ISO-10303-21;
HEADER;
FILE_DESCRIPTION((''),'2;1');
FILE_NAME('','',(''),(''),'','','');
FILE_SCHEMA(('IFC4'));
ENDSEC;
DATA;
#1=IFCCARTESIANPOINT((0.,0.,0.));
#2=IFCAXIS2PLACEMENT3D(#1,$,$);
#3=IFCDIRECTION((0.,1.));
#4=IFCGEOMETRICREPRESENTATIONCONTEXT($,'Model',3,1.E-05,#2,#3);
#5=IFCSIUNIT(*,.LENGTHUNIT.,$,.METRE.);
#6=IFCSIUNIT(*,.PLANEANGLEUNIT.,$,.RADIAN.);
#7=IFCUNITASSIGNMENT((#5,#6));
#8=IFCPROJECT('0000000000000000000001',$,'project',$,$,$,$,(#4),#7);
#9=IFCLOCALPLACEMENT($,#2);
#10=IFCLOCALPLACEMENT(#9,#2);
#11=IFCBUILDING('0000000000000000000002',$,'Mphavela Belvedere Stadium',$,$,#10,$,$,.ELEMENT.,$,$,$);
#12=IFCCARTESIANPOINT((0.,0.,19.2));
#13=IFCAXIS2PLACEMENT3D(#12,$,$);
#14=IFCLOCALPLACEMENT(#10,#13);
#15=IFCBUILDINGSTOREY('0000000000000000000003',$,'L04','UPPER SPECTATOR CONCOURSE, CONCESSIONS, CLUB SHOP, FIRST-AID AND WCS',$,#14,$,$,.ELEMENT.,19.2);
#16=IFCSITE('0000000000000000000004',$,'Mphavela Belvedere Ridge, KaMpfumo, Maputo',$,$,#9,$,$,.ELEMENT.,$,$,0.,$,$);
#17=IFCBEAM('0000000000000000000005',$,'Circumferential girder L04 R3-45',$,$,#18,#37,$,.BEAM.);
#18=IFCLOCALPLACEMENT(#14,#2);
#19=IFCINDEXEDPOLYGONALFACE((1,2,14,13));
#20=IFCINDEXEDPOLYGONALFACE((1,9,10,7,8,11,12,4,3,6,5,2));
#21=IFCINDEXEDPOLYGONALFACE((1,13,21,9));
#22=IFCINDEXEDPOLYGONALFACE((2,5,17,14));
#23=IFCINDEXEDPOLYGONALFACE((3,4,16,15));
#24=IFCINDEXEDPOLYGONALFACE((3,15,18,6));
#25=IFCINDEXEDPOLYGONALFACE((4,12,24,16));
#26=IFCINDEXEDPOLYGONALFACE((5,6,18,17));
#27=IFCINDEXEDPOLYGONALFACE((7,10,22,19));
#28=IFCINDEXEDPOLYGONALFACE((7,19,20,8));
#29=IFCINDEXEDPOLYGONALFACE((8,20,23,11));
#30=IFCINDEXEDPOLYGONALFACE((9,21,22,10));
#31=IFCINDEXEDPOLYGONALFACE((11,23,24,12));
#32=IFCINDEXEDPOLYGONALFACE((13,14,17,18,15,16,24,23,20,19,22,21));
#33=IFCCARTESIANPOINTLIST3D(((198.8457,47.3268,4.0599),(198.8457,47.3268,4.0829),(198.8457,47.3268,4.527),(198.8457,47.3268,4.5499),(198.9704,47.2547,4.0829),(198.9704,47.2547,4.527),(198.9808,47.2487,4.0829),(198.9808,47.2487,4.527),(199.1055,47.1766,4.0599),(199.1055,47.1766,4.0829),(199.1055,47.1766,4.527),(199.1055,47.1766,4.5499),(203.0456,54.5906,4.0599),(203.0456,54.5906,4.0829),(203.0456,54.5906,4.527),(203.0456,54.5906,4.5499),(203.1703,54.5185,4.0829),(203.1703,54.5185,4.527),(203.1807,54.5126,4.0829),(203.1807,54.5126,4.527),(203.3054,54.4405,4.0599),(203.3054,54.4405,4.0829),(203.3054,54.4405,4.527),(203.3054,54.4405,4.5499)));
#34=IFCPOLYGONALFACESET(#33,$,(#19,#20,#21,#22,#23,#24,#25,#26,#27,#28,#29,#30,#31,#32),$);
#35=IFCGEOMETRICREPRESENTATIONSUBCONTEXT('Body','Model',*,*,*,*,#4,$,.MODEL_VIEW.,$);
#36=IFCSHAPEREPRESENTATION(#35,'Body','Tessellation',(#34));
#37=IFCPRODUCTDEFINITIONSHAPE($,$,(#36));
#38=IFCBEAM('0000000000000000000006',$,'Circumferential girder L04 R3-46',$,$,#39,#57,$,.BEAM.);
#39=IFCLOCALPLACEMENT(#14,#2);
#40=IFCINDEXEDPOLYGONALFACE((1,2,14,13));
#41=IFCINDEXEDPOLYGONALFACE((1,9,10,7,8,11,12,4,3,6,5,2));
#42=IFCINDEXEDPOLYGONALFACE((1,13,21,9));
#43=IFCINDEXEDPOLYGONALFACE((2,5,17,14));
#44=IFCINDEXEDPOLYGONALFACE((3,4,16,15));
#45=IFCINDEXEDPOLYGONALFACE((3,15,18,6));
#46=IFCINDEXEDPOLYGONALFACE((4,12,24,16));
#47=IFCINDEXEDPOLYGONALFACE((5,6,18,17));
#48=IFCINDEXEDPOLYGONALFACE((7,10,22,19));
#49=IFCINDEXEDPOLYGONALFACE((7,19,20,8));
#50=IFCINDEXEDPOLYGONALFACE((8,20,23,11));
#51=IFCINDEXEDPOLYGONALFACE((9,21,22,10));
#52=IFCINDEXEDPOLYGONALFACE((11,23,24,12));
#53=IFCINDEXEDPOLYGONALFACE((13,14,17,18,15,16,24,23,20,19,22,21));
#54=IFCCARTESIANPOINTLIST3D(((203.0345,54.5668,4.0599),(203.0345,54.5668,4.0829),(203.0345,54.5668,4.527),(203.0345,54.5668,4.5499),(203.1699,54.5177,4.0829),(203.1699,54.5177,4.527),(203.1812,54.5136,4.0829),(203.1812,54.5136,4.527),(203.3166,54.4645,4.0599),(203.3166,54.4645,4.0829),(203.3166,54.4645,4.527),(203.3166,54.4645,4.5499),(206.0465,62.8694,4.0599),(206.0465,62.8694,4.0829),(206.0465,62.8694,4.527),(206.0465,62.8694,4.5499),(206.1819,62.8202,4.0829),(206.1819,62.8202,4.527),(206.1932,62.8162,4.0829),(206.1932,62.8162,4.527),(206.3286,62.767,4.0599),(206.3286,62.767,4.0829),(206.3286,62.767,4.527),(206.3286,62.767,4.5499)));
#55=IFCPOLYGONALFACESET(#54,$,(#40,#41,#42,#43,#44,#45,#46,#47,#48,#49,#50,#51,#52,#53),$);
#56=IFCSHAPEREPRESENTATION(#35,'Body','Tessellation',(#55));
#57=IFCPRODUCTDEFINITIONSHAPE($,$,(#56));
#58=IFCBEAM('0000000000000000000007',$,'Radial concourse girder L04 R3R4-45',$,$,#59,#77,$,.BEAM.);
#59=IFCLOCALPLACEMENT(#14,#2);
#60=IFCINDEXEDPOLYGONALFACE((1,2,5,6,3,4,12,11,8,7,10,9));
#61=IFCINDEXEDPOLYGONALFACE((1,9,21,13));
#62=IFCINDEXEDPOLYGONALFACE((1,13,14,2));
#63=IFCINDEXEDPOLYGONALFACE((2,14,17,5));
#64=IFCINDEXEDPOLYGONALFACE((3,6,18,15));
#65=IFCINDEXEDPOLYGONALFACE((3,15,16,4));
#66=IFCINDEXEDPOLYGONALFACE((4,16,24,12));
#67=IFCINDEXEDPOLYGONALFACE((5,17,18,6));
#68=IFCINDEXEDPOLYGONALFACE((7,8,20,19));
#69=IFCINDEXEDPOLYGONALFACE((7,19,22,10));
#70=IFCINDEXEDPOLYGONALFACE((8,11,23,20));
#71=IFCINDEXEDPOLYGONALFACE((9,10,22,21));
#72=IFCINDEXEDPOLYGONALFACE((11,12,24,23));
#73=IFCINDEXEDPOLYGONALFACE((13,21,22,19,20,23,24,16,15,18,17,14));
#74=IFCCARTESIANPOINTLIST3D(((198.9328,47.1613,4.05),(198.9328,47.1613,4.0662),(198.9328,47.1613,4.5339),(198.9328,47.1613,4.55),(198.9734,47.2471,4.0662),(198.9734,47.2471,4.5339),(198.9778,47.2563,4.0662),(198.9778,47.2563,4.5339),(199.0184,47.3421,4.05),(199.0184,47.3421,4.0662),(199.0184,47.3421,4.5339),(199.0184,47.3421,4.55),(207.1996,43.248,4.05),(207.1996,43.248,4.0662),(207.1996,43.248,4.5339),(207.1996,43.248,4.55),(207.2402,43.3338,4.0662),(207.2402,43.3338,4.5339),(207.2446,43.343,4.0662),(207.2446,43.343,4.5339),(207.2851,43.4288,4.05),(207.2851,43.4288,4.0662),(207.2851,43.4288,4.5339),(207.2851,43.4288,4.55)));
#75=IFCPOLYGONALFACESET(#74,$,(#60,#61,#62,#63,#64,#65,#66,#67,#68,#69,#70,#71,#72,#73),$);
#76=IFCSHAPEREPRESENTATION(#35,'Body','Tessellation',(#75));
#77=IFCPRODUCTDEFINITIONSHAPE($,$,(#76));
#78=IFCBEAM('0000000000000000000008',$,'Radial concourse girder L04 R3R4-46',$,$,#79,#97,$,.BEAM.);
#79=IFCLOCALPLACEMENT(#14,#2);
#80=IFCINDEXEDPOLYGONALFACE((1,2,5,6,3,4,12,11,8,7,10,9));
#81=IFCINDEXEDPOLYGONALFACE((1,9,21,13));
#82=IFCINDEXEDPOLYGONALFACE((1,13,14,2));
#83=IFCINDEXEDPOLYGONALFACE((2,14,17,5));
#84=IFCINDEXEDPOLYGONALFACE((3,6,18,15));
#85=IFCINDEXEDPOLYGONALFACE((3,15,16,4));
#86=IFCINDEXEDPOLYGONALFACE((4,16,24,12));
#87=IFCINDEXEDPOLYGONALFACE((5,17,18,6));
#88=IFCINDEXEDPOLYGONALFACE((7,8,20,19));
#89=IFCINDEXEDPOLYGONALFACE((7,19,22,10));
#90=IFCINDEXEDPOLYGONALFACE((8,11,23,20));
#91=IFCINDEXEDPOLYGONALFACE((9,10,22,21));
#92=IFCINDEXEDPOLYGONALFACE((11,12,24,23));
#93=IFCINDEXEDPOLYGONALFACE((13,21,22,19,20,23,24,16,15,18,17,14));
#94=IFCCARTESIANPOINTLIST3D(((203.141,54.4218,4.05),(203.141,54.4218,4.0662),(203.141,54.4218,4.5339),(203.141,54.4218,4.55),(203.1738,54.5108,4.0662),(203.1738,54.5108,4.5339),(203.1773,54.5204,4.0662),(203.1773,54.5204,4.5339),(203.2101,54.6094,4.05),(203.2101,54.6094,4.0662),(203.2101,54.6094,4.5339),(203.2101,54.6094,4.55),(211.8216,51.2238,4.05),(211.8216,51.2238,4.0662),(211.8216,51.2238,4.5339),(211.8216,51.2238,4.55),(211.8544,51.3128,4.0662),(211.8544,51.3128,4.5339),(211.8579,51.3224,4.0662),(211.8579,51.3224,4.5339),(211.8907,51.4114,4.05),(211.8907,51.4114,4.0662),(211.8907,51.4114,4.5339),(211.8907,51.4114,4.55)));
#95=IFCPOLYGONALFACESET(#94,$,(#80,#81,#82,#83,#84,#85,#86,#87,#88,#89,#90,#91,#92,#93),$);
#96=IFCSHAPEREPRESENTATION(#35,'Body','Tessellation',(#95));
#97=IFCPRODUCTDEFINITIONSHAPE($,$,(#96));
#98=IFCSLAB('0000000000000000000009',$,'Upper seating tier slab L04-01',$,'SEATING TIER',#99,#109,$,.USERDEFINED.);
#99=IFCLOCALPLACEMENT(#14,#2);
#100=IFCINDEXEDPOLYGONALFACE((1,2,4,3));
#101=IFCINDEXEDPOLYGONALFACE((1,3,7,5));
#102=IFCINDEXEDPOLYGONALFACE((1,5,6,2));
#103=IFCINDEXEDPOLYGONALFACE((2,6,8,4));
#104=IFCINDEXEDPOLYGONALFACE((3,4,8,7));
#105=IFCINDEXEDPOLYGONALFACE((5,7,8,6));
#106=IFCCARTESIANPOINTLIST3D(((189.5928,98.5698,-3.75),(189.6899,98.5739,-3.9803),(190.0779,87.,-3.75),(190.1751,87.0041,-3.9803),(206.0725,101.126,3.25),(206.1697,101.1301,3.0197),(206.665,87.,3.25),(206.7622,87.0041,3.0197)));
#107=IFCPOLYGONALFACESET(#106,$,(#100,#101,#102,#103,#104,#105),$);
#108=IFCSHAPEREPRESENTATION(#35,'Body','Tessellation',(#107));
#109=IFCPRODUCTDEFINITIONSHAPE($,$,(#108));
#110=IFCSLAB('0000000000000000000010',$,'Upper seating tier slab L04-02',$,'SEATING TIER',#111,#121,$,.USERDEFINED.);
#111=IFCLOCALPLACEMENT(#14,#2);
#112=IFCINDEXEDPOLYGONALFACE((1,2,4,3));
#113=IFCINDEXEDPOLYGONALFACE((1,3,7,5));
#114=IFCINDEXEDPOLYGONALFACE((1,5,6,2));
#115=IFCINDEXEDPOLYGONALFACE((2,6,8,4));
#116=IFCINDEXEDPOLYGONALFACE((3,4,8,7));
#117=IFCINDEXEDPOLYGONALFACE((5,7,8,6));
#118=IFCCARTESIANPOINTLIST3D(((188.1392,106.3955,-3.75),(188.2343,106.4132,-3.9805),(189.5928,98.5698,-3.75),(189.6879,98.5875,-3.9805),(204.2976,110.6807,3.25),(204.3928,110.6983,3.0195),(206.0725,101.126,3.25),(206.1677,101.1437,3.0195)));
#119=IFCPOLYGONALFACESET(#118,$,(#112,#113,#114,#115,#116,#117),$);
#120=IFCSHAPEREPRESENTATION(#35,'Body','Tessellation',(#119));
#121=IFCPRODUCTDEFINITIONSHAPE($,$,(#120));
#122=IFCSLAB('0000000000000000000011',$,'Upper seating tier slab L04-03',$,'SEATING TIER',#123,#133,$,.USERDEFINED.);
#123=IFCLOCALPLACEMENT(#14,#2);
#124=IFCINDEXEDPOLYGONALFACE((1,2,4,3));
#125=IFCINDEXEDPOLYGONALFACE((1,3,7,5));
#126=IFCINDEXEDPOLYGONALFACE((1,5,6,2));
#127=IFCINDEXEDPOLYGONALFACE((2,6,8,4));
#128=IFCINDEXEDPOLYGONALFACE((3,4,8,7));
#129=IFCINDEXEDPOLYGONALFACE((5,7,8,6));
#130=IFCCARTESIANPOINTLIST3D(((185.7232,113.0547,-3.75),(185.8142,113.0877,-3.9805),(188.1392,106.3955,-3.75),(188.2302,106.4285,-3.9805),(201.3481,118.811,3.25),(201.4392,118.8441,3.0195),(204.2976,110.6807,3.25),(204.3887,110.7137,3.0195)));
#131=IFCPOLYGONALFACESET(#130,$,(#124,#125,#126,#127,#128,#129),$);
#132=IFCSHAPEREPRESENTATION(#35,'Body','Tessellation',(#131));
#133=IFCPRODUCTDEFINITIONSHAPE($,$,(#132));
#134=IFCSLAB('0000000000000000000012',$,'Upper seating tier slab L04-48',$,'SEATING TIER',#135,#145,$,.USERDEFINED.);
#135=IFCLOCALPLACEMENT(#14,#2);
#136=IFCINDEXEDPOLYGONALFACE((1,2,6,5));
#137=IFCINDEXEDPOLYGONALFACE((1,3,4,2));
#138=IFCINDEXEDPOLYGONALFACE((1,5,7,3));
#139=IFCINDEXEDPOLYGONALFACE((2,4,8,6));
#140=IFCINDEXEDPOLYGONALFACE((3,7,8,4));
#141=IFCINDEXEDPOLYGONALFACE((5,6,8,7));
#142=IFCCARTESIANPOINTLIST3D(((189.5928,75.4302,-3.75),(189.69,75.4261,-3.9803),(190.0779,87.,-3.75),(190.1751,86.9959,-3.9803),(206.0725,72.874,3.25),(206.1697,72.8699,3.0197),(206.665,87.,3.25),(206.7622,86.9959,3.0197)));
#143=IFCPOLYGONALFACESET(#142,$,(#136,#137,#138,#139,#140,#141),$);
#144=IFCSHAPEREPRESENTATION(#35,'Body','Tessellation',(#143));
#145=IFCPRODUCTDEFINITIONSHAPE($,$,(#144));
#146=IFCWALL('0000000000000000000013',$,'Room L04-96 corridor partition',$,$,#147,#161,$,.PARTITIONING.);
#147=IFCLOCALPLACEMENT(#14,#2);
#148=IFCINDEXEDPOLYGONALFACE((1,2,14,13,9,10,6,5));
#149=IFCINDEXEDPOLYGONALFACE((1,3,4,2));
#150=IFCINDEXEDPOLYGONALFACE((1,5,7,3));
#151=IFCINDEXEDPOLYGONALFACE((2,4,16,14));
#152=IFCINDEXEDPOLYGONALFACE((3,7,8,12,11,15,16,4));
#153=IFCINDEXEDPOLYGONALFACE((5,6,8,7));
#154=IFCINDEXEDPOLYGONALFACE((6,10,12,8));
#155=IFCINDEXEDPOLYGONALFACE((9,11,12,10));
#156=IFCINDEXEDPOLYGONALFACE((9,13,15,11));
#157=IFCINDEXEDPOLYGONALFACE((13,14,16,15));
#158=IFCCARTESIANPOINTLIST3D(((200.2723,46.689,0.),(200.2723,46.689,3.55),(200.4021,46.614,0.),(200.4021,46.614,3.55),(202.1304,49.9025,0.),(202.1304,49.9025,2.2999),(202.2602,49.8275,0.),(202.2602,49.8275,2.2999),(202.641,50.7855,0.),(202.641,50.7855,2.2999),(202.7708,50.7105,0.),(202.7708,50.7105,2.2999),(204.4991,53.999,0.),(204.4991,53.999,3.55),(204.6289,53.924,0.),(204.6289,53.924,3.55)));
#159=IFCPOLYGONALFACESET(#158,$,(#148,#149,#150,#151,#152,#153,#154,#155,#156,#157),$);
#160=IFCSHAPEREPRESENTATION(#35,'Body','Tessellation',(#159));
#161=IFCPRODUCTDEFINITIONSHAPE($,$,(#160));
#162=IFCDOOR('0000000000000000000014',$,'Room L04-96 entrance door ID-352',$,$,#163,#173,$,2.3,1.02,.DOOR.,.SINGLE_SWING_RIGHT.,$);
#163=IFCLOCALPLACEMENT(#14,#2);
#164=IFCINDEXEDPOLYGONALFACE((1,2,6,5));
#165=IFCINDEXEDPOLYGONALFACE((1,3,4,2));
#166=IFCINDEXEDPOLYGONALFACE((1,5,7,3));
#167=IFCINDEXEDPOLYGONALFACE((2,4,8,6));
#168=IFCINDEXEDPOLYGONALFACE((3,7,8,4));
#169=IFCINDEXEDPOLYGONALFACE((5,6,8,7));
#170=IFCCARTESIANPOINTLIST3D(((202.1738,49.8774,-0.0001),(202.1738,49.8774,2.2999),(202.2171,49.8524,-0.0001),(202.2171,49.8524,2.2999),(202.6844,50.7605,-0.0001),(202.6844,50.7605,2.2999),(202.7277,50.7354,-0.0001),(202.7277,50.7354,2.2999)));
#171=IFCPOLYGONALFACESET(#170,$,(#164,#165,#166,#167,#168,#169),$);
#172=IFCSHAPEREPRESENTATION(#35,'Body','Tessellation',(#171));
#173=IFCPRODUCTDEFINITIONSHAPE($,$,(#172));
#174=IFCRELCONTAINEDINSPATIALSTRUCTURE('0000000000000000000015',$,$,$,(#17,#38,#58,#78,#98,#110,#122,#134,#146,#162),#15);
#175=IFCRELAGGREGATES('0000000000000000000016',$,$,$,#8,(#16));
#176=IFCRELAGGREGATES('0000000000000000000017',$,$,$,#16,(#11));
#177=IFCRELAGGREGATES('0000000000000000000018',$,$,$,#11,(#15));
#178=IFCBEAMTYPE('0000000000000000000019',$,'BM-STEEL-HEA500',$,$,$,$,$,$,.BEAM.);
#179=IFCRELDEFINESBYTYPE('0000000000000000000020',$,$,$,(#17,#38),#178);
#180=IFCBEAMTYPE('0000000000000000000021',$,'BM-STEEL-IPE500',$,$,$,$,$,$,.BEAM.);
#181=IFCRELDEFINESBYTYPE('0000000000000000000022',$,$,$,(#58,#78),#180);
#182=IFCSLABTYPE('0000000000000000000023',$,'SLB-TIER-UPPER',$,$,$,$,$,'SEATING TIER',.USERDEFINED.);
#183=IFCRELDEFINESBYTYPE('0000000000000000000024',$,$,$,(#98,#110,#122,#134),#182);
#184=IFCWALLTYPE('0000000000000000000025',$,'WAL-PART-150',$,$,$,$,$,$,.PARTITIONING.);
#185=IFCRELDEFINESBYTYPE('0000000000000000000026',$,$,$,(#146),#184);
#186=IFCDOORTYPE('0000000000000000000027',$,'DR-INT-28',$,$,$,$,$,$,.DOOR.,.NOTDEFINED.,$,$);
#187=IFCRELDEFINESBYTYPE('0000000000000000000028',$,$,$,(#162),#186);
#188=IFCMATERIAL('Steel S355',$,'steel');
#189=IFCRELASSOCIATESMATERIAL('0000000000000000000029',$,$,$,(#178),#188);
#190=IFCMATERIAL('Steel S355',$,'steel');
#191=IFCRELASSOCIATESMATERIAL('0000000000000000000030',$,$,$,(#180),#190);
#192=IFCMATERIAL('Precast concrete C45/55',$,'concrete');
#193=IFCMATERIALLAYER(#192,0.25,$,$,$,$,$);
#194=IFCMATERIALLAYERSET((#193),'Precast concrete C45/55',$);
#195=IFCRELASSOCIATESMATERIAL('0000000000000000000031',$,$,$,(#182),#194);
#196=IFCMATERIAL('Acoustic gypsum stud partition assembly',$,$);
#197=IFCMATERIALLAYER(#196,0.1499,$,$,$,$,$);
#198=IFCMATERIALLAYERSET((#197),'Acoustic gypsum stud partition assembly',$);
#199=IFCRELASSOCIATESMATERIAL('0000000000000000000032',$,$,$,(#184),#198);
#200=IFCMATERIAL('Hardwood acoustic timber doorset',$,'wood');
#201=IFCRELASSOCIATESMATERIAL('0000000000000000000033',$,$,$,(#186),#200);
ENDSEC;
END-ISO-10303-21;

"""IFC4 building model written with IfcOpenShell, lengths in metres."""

from ifc_helpers import new_model, si_unit, direction, frame, frame_2d, origin, origin_2d, place, context, subcontext, project, spatial, polyline, rectangle, i_section, outline, extrude, material, layer, layer_set, material_profile, profile_set, type_object, element, fill, save


model = new_model("IFC4")

# Units and contexts
model_context = context("Model", 3, precision=1e-05, world=origin(), true_north=direction((0.0, 1.0)))
body_context = subcontext(model_context, "Body", "Model", "MODEL_VIEW")
ifc_project = project(units=[si_unit("LENGTHUNIT", "METRE"), si_unit("PLANEANGLEUNIT", "RADIAN")], contexts=[model_context])

# Site, building, storey
site_placement = place(None, origin())
site = spatial("IfcSite", under=ifc_project, at=site_placement, Name="Mphavela Belvedere Ridge, KaMpfumo, Maputo", CompositionType="ELEMENT", RefElevation=0.0)
building_placement = place(site_placement, origin())
building = spatial("IfcBuilding", under=site, at=building_placement, Name="Mphavela Belvedere Stadium", CompositionType="ELEMENT")
storey_placement = place(building_placement, frame((0.0, 0.0, 19.2)))
storey = spatial("IfcBuildingStorey", under=building, at=storey_placement, Name="L04", Description="UPPER SPECTATOR CONCOURSE, CONCESSIONS, CLUB SHOP, FIRST-AID AND WCS", CompositionType="ELEMENT", Elevation=19.2)

# Beams
ifc_material_1 = material(Name="Steel S355", Category="steel")
ifc_material_profile_1 = material_profile(ifc_material_1, i_section(OverallWidth=0.3, OverallDepth=0.49, WebThickness=0.012, FlangeThickness=0.0229, at=origin_2d()), Name="HEA 500")
ifc_profile_set_1 = profile_set([ifc_material_profile_1], Name="Steel S355")
beam_type_1 = type_object("IfcBeamType", Name="BM-STEEL-HEA500", PredefinedType="BEAM", material=ifc_profile_set_1)
beam_1_placement = place(storey_placement, frame((198.9756, 47.2517, 4.3049), z_axis=(0.500548, 0.865709, 0.0), x_axis=(-0.865709, 0.500548, 0.0)))
element("IfcBeam", 1, at=beam_1_placement, inside=storey, type_object=beam_type_1, Name="Circumferential girder L04 R3-45", PredefinedType="BEAM", context=body_context, shape_type="SweptSolid", body=[
    extrude(i_section(OverallWidth=0.3, OverallDepth=0.49, WebThickness=0.012, FlangeThickness=0.0229, at=origin_2d()), origin(), (0.0, 0.0, 1.0), 8.3906),
])
beam_2_placement = place(storey_placement, frame((203.1755, 54.5156, 4.3049), z_axis=(0.341031, 0.940052, 0.0), x_axis=(-0.940052, 0.341031, 0.0)))
element("IfcBeam", 2, at=beam_2_placement, inside=storey, type_object=beam_type_1, Name="Circumferential girder L04 R3-46", PredefinedType="BEAM", context=body_context, shape_type="SweptSolid", body=[
    extrude(i_section(OverallWidth=0.3, OverallDepth=0.49, WebThickness=0.012, FlangeThickness=0.0229, at=origin_2d()), origin(), (0.0, 0.0, 1.0), 8.832),
])
ifc_material_2 = material(Name="Steel S355", Category="steel")
ifc_material_profile_2 = material_profile(ifc_material_2, i_section(OverallWidth=0.2, OverallDepth=0.5, WebThickness=0.0103, FlangeThickness=0.0161, at=origin_2d()), Name="IPE 500")
ifc_profile_set_2 = profile_set([ifc_material_profile_2], Name="Steel S355")
beam_type_2 = type_object("IfcBeamType", Name="BM-STEEL-IPE500", PredefinedType="BEAM", material=ifc_profile_set_2)
beam_3_placement = place(storey_placement, frame((198.9756, 47.2517, 4.3), z_axis=(0.903845, -0.427859, 0.0), x_axis=(0.427859, 0.903845, 0.0)))
element("IfcBeam", 3, at=beam_3_placement, inside=storey, type_object=beam_type_2, Name="Radial concourse girder L04 R3R4-45", PredefinedType="BEAM", context=body_context, shape_type="SweptSolid", body=[
    extrude(i_section(OverallWidth=0.2, OverallDepth=0.5, WebThickness=0.0103, FlangeThickness=0.0161, at=origin_2d()), origin(), (0.0, 0.0, 1.0), 9.1462),
])
beam_4_placement = place(storey_placement, frame((203.1755, 54.5156, 4.3), z_axis=(0.938348, -0.345692, 0.0), x_axis=(0.345692, 0.938348, 0.0)))
element("IfcBeam", 4, at=beam_4_placement, inside=storey, type_object=beam_type_2, Name="Radial concourse girder L04 R3R4-46", PredefinedType="BEAM", context=body_context, shape_type="SweptSolid", body=[
    extrude(i_section(OverallWidth=0.2, OverallDepth=0.5, WebThickness=0.0103, FlangeThickness=0.0161, at=origin_2d()), origin(), (0.0, 0.0, 1.0), 9.251),
])

# Slabs
ifc_material_3 = material(Name="Precast concrete C45/55", Category="concrete")
ifc_layer_1 = layer(ifc_material_3, 0.25)
ifc_layer_set_1 = layer_set([ifc_layer_1], Name="Precast concrete C45/55")
slab_type = type_object("IfcSlabType", Name="SLB-TIER-UPPER", ElementType="SEATING TIER", PredefinedType="USERDEFINED", material=ifc_layer_set_1)
slab_1_placement = place(storey_placement, frame((190.0779, 87.0, -3.75), z_axis=(-0.388759, -0.016304, 0.921195), x_axis=(-0.041893, 0.999122, 0.000003)))
element("IfcSlab", 5, at=slab_1_placement, inside=storey, type_object=slab_type, Name="Upper seating tier slab L04-01", ObjectType="SEATING TIER", PredefinedType="USERDEFINED", context=body_context, shape_type="SweptSolid", body=[
    extrude(outline(polyline([(0.0, 0.0), (11.58, 0.0), (13.4435, -17.9901), (-0.6949, -17.9903), (0.0, 0.0)])), origin(), (0.0, 0.0, -1.0), 0.25),
])
slab_2_placement = place(storey_placement, frame((189.5928, 98.5698, -3.75), z_axis=(-0.380668, -0.070711, 0.922004), x_axis=(-0.182626, 0.983182, 0.000003)))
element("IfcSlab", 6, at=slab_2_placement, inside=storey, type_object=slab_type, Name="Upper seating tier slab L04-02", ObjectType="SEATING TIER", PredefinedType="USERDEFINED", context=body_context, shape_type="SweptSolid", body=[
    extrude(outline(polyline([(0.0, 0.0), (7.9595, 0.0), (9.2217, -18.0794), (-0.4965, -18.0795), (0.0, 0.0)])), origin(), (0.0, 0.0, -1.0), 0.25),
])
slab_3_placement = place(storey_placement, frame((188.1392, 106.3955, -3.75), z_axis=(-0.364304, -0.132165, 0.921854), x_axis=(-0.341054, 0.940044, -0.000007)))
element("IfcSlab", 7, at=slab_3_placement, inside=storey, type_object=slab_type, Name="Upper seating tier slab L04-03", ObjectType="SEATING TIER", PredefinedType="USERDEFINED", context=body_context, shape_type="SweptSolid", body=[
    extrude(outline(polyline([(0.0, 0.0), (7.0839, 0.0), (7.1661, -18.0629), (-1.4827, -18.0627), (0.0, 0.0)])), origin(), (0.0, 0.0, -1.0), 0.25),
])
slab_4_placement = place(storey_placement, frame((189.5928, 75.4302, -3.75), z_axis=(-0.388759, 0.016304, 0.921195), x_axis=(0.041893, 0.999122, -0.000003)))
element("IfcSlab", 8, at=slab_4_placement, inside=storey, type_object=slab_type, Name="Upper seating tier slab L04-48", ObjectType="SEATING TIER", PredefinedType="USERDEFINED", context=body_context, shape_type="SweptSolid", body=[
    extrude(outline(polyline([(0.0, 0.0), (11.58, 0.0), (12.2749, -17.9903), (-1.8635, -17.9901), (0.0, 0.0)])), origin(), (0.0, 0.0, -1.0), 0.25),
])

# Wall, opening, door
ifc_material_4 = material(Name="Acoustic gypsum stud partition assembly")
ifc_layer_2 = layer(ifc_material_4, 0.1499)
ifc_layer_set_2 = layer_set([ifc_layer_2], Name="Acoustic gypsum stud partition assembly")
wall_type = type_object("IfcWallType", Name="WAL-PART-150", PredefinedType="PARTITIONING", material=ifc_layer_set_2)
wall_1_placement = place(storey_placement, frame((200.3372, 46.6514, 0.0), z_axis=(0.0, 0.0, 1.0), x_axis=(0.500563, 0.8657, 0.0)))
wall_1 = element("IfcWall", 9, at=wall_1_placement, inside=storey, type_object=wall_type, Name="Room L04-96 corridor partition", PredefinedType="PARTITIONING", context=body_context, shape_type="SweptSolid", body=[
    extrude(rectangle(XDim=8.4441, YDim=0.1499, at=frame_2d((4.2222, 0.0))), origin(), (0.0, 0.0, 1.0), 3.55),
])
opening_placement = place(wall_1_placement, frame((3.7122, 0.0, 0.0)))
opening = element("IfcOpeningElement", 10, at=opening_placement, cuts=wall_1, PredefinedType="OPENING", context=body_context, shape_type="SweptSolid", body=[
    extrude(rectangle(XDim=1.02, YDim=2.3, at=frame_2d((0.51, 1.1499))), frame((0.0, 0.085, 0.0), z_axis=(0.0, -1.0, 0.0), x_axis=(1.0, 0.0, 0.0)), (0.0, 0.0, 1.0), 0.1699),
])
ifc_material_5 = material(Name="Hardwood acoustic timber doorset", Category="wood")
door_type = type_object("IfcDoorType", Name="DR-INT-28", OperationType="NOTDEFINED", PredefinedType="DOOR", material=ifc_material_5)
door_placement = place(opening_placement, origin())
door = element("IfcDoor", 11, at=door_placement, inside=storey, type_object=door_type, Name="Room L04-96 entrance door ID-352", OperationType="SINGLE_SWING_RIGHT", OverallHeight=2.3, OverallWidth=1.02, PredefinedType="DOOR", context=body_context, shape_type="SweptSolid", body=[
    extrude(rectangle(XDim=1.02, YDim=2.3, at=frame_2d((0.51, 1.1499))), frame((0.0, 0.0249, 0.0), z_axis=(0.0, -1.0, 0.0), x_axis=(1.0, 0.0, 0.0)), (0.0, 0.0, 1.0), 0.05),
])
fill(opening, door)

save(model, "model.ifc")
